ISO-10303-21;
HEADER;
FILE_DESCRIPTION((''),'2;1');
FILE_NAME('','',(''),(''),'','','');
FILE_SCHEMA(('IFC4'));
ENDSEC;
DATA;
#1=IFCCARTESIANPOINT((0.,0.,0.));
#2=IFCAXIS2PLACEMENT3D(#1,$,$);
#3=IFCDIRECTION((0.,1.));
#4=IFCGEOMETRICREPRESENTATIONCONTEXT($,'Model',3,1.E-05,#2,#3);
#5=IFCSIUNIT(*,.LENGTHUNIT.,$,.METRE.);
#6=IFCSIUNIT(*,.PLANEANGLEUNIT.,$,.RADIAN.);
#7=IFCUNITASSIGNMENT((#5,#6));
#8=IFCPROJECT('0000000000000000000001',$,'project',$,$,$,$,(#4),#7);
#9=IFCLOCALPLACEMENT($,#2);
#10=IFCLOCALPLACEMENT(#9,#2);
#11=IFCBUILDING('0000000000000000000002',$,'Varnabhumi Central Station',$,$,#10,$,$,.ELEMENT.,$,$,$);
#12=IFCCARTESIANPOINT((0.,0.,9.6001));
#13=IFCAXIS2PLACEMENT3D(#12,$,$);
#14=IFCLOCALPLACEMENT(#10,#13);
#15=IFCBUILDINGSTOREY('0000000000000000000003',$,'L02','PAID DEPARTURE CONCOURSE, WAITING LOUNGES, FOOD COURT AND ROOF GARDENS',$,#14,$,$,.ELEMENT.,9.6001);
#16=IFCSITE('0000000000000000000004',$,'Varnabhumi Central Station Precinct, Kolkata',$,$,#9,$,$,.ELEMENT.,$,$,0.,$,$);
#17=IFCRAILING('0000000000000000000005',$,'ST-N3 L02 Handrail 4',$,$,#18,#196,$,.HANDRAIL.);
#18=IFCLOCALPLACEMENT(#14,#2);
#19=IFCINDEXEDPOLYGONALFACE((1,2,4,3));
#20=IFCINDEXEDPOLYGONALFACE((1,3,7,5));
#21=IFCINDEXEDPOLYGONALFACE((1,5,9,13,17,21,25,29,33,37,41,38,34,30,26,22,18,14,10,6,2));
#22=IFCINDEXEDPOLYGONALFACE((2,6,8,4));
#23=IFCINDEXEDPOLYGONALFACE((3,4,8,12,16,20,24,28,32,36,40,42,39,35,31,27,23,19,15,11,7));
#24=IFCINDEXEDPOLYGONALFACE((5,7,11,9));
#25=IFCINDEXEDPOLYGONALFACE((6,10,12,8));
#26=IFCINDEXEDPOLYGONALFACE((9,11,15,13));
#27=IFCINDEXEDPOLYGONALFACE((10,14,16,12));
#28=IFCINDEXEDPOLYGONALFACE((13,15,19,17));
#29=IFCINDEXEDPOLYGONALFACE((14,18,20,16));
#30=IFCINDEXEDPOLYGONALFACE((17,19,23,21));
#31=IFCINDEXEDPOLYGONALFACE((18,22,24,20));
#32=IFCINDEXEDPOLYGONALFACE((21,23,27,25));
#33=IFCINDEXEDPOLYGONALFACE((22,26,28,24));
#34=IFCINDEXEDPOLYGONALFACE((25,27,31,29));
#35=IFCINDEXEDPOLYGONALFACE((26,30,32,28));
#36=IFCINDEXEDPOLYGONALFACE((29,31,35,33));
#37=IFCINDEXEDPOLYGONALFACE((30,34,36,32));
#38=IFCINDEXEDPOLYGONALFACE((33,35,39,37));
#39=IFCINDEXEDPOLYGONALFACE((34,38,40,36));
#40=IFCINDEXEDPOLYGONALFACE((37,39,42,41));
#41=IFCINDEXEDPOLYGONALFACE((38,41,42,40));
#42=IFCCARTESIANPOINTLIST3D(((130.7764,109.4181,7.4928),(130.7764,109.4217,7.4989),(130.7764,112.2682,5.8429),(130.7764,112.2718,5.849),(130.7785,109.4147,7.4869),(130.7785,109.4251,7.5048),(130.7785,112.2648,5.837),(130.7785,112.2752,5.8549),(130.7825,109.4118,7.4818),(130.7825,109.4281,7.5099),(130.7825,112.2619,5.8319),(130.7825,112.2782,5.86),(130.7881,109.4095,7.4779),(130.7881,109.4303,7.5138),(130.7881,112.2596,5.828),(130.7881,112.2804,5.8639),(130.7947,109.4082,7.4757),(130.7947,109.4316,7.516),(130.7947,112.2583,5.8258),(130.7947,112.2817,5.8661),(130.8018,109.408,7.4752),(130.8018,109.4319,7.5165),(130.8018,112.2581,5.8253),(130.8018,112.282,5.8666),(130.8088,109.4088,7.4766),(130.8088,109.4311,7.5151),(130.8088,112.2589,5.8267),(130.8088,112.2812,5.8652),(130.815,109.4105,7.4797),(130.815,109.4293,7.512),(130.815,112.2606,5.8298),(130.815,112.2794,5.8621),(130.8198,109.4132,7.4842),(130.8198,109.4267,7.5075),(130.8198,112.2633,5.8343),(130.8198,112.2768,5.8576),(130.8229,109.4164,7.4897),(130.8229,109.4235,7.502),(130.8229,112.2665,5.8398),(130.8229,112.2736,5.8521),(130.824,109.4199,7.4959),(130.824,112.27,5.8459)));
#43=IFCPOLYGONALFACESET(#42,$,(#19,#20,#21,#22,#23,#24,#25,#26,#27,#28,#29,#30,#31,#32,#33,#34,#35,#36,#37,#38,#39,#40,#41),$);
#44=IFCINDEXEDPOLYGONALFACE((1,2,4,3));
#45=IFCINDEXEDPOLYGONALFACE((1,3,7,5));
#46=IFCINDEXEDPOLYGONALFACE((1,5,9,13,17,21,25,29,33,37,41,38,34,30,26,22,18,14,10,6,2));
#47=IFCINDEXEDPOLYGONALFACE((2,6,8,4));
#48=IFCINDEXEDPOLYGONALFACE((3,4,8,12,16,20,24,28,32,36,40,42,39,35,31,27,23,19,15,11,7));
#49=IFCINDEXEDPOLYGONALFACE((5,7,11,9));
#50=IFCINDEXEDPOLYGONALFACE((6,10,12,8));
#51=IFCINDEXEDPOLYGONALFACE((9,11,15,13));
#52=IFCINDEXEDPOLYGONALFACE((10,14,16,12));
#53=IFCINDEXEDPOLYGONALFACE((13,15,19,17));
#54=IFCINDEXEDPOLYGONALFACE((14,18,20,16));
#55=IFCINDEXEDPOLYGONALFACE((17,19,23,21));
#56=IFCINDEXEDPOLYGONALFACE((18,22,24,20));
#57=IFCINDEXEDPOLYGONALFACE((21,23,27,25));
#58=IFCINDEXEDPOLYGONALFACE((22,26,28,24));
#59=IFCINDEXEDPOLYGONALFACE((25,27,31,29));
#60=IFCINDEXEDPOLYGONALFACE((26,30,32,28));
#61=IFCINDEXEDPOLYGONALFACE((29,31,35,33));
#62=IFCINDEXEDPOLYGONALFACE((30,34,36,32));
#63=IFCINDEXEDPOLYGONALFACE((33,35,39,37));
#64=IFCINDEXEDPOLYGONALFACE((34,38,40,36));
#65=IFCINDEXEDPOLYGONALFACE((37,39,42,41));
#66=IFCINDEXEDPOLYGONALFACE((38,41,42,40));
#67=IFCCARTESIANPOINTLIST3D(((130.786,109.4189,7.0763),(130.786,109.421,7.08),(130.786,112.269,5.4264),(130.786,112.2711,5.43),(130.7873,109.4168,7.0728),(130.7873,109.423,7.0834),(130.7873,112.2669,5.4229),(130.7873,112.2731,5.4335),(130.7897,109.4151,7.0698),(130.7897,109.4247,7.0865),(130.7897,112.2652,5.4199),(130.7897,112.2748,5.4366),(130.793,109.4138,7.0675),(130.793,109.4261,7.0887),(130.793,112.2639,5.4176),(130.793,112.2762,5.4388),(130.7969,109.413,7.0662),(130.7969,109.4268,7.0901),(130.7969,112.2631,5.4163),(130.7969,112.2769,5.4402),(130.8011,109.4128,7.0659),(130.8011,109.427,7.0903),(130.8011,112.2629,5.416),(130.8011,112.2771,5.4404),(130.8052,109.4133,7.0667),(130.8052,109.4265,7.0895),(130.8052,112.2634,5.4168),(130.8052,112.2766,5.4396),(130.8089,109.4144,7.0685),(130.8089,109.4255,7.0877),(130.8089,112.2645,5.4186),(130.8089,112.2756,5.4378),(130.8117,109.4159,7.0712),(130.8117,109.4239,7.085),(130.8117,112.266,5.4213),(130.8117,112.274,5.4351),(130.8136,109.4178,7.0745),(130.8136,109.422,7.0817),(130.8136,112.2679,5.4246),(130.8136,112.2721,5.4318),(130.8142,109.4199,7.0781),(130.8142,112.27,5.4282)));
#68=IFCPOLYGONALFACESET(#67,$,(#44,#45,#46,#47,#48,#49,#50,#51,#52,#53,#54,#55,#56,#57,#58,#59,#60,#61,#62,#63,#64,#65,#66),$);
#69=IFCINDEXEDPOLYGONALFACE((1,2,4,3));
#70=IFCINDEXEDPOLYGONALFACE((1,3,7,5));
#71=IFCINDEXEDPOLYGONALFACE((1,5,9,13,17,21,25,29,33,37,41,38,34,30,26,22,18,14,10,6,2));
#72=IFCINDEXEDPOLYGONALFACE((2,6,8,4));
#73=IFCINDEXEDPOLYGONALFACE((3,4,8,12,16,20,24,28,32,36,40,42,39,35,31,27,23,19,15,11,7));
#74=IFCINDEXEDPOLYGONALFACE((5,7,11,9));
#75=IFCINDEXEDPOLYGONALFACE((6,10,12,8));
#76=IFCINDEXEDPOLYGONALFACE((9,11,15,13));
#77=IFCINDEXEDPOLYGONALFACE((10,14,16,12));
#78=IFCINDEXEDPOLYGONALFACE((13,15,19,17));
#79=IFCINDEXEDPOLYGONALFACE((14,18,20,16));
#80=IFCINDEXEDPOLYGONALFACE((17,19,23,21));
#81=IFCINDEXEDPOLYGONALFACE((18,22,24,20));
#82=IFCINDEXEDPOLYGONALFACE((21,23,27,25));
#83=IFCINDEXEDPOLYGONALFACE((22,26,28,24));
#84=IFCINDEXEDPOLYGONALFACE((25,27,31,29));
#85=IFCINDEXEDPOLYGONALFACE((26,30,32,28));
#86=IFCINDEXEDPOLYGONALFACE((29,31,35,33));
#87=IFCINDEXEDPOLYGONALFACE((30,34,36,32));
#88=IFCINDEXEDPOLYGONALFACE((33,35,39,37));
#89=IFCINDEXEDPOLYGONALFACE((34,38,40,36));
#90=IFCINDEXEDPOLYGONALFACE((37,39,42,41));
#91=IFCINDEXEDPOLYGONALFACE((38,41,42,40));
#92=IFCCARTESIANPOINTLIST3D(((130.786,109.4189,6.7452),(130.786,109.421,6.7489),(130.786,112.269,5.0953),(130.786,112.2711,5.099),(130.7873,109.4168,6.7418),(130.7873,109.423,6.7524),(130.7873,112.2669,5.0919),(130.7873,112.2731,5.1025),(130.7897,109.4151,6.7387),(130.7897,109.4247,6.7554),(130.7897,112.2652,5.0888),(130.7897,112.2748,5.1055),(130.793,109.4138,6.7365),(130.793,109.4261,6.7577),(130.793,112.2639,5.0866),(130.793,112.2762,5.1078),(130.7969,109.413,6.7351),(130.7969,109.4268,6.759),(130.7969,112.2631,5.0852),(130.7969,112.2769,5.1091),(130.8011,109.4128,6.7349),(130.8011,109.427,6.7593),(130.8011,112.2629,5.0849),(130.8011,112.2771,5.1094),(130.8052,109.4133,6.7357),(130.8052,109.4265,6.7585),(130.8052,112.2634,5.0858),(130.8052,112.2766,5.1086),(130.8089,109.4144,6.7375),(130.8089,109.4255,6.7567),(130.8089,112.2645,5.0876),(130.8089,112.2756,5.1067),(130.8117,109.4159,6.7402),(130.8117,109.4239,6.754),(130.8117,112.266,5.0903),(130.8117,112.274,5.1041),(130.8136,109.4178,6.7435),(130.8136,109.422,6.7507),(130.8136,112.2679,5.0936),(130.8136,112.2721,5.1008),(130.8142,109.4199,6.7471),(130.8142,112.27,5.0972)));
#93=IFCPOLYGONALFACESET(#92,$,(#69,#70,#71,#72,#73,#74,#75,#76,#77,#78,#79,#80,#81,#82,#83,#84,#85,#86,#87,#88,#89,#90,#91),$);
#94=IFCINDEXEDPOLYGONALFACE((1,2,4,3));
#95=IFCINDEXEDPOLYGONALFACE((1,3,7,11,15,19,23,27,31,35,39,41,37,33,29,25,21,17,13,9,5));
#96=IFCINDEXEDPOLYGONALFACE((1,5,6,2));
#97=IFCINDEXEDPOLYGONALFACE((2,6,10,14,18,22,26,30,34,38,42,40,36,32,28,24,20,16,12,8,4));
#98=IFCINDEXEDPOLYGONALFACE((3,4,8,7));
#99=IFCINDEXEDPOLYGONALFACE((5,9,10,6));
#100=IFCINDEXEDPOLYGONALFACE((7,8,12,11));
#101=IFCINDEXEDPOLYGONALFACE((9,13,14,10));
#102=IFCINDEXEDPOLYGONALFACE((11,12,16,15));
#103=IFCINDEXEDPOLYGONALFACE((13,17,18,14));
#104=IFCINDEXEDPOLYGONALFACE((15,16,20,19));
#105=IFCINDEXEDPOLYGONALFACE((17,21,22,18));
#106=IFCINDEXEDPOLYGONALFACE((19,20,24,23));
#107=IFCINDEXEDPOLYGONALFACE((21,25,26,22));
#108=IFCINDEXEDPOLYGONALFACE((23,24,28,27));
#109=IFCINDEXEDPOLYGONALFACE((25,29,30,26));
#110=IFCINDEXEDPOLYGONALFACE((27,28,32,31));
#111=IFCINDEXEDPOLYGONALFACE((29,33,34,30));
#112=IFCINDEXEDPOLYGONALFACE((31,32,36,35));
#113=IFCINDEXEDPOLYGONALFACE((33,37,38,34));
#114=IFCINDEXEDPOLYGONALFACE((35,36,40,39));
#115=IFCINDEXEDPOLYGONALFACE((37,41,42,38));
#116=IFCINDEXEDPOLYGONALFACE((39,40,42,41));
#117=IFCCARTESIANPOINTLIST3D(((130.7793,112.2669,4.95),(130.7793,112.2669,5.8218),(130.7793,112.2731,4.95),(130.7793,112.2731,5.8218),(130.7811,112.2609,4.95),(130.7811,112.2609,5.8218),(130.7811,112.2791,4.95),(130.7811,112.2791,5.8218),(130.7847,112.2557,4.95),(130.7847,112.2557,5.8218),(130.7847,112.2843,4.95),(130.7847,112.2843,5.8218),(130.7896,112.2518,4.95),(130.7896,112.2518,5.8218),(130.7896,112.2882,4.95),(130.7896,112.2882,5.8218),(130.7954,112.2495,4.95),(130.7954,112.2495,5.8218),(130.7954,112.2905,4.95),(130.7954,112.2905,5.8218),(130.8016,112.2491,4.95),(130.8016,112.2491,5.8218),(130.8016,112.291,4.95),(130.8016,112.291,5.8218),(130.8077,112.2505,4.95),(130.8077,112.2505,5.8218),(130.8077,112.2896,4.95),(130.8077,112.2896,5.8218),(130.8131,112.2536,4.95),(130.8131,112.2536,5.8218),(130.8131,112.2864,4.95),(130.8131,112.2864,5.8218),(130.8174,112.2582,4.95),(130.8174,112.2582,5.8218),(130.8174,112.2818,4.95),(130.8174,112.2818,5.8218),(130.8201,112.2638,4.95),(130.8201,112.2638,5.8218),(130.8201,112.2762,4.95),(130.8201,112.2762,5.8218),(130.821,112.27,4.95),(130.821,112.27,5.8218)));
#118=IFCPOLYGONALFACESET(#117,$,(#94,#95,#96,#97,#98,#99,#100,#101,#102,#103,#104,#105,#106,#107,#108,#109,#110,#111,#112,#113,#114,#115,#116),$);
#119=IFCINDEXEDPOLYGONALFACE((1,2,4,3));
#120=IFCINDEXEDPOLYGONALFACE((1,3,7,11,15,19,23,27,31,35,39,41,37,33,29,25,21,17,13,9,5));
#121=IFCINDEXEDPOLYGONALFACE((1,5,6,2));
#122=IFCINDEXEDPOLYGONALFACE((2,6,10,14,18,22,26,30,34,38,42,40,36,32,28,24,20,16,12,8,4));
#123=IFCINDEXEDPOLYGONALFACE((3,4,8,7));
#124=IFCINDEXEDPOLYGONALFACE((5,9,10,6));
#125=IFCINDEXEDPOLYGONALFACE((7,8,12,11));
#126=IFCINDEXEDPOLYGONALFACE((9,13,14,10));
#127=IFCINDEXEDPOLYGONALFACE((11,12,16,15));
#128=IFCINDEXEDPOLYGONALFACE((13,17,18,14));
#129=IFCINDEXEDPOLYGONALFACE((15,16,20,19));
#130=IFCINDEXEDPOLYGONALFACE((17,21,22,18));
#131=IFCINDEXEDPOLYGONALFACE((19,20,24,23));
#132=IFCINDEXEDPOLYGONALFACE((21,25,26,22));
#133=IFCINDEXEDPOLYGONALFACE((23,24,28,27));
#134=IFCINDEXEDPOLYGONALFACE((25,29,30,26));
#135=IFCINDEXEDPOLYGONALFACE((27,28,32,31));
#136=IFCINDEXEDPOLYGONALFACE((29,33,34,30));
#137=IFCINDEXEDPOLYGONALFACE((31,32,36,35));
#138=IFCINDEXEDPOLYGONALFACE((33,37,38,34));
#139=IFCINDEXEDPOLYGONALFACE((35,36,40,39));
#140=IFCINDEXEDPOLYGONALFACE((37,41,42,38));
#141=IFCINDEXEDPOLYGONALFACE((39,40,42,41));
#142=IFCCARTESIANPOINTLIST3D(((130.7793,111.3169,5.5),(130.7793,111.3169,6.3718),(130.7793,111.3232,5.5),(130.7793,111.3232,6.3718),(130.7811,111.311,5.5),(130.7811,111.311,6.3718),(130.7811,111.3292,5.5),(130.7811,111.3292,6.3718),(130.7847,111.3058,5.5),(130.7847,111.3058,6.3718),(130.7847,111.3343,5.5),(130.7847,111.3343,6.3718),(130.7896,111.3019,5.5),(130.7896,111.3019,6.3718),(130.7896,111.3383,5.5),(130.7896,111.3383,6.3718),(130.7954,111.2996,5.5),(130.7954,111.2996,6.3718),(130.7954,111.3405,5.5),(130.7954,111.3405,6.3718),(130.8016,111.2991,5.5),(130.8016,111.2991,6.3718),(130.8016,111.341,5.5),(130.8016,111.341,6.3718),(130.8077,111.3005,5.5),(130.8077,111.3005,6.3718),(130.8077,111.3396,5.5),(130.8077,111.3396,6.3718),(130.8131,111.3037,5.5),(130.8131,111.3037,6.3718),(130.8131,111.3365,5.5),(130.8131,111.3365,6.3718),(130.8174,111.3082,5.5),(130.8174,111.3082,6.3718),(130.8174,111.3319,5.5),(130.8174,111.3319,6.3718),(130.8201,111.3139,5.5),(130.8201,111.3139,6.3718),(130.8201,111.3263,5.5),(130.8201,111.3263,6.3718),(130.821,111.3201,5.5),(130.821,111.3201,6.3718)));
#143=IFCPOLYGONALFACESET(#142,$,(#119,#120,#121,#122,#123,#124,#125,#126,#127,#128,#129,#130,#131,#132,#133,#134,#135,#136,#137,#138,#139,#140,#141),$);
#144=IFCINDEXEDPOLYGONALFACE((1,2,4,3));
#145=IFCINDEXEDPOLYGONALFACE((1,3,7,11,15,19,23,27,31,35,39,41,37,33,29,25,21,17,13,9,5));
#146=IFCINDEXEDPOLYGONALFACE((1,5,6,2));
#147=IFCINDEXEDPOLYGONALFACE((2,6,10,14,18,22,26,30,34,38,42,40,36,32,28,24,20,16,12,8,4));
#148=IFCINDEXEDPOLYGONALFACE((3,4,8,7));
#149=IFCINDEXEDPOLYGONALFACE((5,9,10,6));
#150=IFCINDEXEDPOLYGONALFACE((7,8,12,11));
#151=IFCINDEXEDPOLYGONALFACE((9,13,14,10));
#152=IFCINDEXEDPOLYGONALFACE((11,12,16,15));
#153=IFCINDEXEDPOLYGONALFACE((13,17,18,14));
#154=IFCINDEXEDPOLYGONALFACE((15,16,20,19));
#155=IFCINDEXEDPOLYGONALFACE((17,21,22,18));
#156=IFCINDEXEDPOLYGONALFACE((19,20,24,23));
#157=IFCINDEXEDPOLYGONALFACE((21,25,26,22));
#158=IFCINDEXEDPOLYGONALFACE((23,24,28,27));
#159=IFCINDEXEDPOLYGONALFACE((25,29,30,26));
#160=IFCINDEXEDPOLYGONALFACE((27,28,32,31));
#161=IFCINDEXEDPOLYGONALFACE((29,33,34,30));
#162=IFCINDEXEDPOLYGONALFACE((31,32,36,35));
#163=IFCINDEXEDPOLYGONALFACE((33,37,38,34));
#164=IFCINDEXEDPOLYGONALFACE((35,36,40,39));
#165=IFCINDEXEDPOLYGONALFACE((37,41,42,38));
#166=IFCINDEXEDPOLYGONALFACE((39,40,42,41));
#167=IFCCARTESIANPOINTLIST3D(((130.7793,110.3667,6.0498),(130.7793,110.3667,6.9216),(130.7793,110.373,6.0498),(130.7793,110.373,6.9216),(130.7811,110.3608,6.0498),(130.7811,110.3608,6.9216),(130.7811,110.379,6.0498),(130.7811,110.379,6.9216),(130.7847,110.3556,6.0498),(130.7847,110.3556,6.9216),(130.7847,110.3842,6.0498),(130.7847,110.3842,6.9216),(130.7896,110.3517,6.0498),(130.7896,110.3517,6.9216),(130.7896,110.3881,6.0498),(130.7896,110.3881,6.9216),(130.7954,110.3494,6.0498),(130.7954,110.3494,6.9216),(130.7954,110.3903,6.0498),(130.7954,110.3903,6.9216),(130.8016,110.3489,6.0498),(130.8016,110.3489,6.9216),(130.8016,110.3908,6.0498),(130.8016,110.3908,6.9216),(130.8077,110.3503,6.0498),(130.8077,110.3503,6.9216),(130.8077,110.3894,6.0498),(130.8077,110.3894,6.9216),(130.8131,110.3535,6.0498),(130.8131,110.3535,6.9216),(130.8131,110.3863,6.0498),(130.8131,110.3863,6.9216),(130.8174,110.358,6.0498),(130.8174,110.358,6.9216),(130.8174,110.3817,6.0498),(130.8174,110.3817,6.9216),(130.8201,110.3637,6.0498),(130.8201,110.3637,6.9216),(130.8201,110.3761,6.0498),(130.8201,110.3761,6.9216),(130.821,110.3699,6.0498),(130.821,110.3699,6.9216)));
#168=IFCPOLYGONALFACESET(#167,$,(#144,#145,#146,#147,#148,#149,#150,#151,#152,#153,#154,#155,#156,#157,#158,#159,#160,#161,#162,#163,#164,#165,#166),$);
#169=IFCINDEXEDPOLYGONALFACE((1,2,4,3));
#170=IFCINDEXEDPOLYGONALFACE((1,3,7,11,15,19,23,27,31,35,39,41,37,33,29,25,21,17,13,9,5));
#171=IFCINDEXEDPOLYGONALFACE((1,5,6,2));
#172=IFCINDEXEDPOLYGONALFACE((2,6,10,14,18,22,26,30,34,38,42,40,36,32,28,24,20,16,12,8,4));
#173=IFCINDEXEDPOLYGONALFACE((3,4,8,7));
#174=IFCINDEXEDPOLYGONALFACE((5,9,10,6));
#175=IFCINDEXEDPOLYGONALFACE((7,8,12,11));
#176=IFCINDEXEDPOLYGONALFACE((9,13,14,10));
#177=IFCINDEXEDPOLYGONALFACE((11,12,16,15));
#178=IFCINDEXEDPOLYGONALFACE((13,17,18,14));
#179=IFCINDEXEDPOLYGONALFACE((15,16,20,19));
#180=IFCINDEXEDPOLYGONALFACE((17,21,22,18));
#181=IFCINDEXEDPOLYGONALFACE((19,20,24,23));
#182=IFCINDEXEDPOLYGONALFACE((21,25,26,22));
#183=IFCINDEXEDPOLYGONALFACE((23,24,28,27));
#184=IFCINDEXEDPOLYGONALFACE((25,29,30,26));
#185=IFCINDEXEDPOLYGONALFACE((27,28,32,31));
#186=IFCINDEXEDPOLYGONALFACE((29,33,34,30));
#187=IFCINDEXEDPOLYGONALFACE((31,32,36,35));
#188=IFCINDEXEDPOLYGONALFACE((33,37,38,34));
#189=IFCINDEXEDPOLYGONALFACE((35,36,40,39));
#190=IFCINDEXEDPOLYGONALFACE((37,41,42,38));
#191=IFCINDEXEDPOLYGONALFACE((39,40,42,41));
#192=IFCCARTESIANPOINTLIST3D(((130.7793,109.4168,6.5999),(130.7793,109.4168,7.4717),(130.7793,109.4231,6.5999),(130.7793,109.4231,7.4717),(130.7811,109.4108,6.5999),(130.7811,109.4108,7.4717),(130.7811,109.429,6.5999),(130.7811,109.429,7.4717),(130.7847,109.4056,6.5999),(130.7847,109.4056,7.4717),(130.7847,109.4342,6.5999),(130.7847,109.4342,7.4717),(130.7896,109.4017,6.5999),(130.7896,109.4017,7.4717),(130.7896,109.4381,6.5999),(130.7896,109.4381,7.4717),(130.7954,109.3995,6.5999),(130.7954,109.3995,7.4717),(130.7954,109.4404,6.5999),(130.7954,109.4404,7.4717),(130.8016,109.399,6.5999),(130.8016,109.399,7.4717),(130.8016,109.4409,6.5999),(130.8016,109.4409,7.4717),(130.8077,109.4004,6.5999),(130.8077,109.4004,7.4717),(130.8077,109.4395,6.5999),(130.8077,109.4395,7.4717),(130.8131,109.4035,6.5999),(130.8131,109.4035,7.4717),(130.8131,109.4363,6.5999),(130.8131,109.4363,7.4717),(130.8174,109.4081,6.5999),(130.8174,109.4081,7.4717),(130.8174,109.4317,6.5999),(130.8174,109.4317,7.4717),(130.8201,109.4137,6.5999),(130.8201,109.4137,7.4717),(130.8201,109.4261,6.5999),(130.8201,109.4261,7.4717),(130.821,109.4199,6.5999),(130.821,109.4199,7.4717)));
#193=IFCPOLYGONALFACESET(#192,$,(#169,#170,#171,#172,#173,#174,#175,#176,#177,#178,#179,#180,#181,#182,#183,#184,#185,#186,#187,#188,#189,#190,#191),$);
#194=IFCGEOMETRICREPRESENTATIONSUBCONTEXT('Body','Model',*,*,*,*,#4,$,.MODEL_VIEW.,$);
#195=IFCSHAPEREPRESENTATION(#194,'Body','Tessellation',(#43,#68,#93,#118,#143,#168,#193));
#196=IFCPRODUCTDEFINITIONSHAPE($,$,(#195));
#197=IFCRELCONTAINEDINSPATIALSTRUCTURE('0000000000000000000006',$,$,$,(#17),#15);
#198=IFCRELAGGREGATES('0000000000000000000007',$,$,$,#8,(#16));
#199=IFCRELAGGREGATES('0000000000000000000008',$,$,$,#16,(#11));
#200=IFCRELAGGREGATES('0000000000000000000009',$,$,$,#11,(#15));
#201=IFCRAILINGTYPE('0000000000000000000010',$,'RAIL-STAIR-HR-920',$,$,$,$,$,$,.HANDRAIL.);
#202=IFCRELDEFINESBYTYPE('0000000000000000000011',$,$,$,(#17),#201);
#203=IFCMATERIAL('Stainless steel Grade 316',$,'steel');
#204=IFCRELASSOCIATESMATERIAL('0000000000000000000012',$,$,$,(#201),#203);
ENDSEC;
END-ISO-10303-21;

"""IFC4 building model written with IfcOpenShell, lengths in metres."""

from ifc_helpers import new_model, si_unit, direction, frame, origin, origin_2d, place, context, subcontext, project, spatial, circle, extrude, material, type_object, element, save


model = new_model("IFC4")

# Units and contexts
model_context = context("Model", 3, precision=1e-05, world=origin(), true_north=direction((0.0, 1.0)))
body_context = subcontext(model_context, "Body", "Model", "MODEL_VIEW")
ifc_project = project(units=[si_unit("LENGTHUNIT", "METRE"), si_unit("PLANEANGLEUNIT", "RADIAN")], contexts=[model_context])

# Site, building, storey
site_placement = place(None, origin())
site = spatial("IfcSite", under=ifc_project, at=site_placement, Name="Varnabhumi Central Station Precinct, Kolkata", CompositionType="ELEMENT", RefElevation=0.0)
building_placement = place(site_placement, origin())
building = spatial("IfcBuilding", under=site, at=building_placement, Name="Varnabhumi Central Station", CompositionType="ELEMENT")
storey_placement = place(building_placement, frame((0.0, 0.0, 9.6001)))
storey = spatial("IfcBuildingStorey", under=building, at=storey_placement, Name="L02", Description="PAID DEPARTURE CONCOURSE, WAITING LOUNGES, FOOD COURT AND ROOF GARDENS", CompositionType="ELEMENT", Elevation=9.6001)

# Shared definitions
ifc_material_1 = material(Name="Stainless steel Grade 316", Category="steel")

# Railing
railing_type_1 = type_object("IfcRailingType", Name="RAIL-STAIR-HR-920", PredefinedType="HANDRAIL", material=ifc_material_1)
railing_1_placement = place(storey_placement, frame((130.8, 112.27, 4.95)))
element("IfcRailing", 1, at=railing_1_placement, inside=storey, type_object=railing_type_1, Name="ST-N3 L02 Handrail 4", PredefinedType="HANDRAIL", context=body_context, shape_type="SweptSolid", body=[
    extrude(circle(Radius=0.0239, at=origin_2d()), frame((0.0, 0.0, 0.896), z_axis=(0.0, -0.865447, 0.501001), x_axis=(1.0, 0.0, 0.0)), (0.0, 0.0, 1.0), 3.2932),
    extrude(circle(Radius=0.0142, at=origin_2d()), frame((0.0, 0.0, 0.4783), z_axis=(0.0, -0.865447, 0.501001), x_axis=(1.0, 0.0, 0.0)), (0.0, 0.0, 1.0), 3.2932),
    extrude(circle(Radius=0.0142, at=origin_2d()), frame((0.0, 0.0, 0.1472), z_axis=(0.0, -0.865447, 0.501001), x_axis=(1.0, 0.0, 0.0)), (0.0, 0.0, 1.0), 3.2932),
    extrude(circle(Radius=0.021, at=origin_2d()), origin(), (0.0, 0.0, 1.0), 0.8718),
    extrude(circle(Radius=0.021, at=origin_2d()), frame((0.0, -0.95, 0.55)), (0.0, 0.0, 1.0), 0.8718),
    extrude(circle(Radius=0.021, at=origin_2d()), frame((0.0, -1.9001, 1.0999)), (0.0, 0.0, 1.0), 0.8718),
    extrude(circle(Radius=0.021, at=origin_2d()), frame((0.0, -2.8501, 1.6499)), (0.0, 0.0, 1.0), 0.8718),
])

save(model, "model.ifc")
